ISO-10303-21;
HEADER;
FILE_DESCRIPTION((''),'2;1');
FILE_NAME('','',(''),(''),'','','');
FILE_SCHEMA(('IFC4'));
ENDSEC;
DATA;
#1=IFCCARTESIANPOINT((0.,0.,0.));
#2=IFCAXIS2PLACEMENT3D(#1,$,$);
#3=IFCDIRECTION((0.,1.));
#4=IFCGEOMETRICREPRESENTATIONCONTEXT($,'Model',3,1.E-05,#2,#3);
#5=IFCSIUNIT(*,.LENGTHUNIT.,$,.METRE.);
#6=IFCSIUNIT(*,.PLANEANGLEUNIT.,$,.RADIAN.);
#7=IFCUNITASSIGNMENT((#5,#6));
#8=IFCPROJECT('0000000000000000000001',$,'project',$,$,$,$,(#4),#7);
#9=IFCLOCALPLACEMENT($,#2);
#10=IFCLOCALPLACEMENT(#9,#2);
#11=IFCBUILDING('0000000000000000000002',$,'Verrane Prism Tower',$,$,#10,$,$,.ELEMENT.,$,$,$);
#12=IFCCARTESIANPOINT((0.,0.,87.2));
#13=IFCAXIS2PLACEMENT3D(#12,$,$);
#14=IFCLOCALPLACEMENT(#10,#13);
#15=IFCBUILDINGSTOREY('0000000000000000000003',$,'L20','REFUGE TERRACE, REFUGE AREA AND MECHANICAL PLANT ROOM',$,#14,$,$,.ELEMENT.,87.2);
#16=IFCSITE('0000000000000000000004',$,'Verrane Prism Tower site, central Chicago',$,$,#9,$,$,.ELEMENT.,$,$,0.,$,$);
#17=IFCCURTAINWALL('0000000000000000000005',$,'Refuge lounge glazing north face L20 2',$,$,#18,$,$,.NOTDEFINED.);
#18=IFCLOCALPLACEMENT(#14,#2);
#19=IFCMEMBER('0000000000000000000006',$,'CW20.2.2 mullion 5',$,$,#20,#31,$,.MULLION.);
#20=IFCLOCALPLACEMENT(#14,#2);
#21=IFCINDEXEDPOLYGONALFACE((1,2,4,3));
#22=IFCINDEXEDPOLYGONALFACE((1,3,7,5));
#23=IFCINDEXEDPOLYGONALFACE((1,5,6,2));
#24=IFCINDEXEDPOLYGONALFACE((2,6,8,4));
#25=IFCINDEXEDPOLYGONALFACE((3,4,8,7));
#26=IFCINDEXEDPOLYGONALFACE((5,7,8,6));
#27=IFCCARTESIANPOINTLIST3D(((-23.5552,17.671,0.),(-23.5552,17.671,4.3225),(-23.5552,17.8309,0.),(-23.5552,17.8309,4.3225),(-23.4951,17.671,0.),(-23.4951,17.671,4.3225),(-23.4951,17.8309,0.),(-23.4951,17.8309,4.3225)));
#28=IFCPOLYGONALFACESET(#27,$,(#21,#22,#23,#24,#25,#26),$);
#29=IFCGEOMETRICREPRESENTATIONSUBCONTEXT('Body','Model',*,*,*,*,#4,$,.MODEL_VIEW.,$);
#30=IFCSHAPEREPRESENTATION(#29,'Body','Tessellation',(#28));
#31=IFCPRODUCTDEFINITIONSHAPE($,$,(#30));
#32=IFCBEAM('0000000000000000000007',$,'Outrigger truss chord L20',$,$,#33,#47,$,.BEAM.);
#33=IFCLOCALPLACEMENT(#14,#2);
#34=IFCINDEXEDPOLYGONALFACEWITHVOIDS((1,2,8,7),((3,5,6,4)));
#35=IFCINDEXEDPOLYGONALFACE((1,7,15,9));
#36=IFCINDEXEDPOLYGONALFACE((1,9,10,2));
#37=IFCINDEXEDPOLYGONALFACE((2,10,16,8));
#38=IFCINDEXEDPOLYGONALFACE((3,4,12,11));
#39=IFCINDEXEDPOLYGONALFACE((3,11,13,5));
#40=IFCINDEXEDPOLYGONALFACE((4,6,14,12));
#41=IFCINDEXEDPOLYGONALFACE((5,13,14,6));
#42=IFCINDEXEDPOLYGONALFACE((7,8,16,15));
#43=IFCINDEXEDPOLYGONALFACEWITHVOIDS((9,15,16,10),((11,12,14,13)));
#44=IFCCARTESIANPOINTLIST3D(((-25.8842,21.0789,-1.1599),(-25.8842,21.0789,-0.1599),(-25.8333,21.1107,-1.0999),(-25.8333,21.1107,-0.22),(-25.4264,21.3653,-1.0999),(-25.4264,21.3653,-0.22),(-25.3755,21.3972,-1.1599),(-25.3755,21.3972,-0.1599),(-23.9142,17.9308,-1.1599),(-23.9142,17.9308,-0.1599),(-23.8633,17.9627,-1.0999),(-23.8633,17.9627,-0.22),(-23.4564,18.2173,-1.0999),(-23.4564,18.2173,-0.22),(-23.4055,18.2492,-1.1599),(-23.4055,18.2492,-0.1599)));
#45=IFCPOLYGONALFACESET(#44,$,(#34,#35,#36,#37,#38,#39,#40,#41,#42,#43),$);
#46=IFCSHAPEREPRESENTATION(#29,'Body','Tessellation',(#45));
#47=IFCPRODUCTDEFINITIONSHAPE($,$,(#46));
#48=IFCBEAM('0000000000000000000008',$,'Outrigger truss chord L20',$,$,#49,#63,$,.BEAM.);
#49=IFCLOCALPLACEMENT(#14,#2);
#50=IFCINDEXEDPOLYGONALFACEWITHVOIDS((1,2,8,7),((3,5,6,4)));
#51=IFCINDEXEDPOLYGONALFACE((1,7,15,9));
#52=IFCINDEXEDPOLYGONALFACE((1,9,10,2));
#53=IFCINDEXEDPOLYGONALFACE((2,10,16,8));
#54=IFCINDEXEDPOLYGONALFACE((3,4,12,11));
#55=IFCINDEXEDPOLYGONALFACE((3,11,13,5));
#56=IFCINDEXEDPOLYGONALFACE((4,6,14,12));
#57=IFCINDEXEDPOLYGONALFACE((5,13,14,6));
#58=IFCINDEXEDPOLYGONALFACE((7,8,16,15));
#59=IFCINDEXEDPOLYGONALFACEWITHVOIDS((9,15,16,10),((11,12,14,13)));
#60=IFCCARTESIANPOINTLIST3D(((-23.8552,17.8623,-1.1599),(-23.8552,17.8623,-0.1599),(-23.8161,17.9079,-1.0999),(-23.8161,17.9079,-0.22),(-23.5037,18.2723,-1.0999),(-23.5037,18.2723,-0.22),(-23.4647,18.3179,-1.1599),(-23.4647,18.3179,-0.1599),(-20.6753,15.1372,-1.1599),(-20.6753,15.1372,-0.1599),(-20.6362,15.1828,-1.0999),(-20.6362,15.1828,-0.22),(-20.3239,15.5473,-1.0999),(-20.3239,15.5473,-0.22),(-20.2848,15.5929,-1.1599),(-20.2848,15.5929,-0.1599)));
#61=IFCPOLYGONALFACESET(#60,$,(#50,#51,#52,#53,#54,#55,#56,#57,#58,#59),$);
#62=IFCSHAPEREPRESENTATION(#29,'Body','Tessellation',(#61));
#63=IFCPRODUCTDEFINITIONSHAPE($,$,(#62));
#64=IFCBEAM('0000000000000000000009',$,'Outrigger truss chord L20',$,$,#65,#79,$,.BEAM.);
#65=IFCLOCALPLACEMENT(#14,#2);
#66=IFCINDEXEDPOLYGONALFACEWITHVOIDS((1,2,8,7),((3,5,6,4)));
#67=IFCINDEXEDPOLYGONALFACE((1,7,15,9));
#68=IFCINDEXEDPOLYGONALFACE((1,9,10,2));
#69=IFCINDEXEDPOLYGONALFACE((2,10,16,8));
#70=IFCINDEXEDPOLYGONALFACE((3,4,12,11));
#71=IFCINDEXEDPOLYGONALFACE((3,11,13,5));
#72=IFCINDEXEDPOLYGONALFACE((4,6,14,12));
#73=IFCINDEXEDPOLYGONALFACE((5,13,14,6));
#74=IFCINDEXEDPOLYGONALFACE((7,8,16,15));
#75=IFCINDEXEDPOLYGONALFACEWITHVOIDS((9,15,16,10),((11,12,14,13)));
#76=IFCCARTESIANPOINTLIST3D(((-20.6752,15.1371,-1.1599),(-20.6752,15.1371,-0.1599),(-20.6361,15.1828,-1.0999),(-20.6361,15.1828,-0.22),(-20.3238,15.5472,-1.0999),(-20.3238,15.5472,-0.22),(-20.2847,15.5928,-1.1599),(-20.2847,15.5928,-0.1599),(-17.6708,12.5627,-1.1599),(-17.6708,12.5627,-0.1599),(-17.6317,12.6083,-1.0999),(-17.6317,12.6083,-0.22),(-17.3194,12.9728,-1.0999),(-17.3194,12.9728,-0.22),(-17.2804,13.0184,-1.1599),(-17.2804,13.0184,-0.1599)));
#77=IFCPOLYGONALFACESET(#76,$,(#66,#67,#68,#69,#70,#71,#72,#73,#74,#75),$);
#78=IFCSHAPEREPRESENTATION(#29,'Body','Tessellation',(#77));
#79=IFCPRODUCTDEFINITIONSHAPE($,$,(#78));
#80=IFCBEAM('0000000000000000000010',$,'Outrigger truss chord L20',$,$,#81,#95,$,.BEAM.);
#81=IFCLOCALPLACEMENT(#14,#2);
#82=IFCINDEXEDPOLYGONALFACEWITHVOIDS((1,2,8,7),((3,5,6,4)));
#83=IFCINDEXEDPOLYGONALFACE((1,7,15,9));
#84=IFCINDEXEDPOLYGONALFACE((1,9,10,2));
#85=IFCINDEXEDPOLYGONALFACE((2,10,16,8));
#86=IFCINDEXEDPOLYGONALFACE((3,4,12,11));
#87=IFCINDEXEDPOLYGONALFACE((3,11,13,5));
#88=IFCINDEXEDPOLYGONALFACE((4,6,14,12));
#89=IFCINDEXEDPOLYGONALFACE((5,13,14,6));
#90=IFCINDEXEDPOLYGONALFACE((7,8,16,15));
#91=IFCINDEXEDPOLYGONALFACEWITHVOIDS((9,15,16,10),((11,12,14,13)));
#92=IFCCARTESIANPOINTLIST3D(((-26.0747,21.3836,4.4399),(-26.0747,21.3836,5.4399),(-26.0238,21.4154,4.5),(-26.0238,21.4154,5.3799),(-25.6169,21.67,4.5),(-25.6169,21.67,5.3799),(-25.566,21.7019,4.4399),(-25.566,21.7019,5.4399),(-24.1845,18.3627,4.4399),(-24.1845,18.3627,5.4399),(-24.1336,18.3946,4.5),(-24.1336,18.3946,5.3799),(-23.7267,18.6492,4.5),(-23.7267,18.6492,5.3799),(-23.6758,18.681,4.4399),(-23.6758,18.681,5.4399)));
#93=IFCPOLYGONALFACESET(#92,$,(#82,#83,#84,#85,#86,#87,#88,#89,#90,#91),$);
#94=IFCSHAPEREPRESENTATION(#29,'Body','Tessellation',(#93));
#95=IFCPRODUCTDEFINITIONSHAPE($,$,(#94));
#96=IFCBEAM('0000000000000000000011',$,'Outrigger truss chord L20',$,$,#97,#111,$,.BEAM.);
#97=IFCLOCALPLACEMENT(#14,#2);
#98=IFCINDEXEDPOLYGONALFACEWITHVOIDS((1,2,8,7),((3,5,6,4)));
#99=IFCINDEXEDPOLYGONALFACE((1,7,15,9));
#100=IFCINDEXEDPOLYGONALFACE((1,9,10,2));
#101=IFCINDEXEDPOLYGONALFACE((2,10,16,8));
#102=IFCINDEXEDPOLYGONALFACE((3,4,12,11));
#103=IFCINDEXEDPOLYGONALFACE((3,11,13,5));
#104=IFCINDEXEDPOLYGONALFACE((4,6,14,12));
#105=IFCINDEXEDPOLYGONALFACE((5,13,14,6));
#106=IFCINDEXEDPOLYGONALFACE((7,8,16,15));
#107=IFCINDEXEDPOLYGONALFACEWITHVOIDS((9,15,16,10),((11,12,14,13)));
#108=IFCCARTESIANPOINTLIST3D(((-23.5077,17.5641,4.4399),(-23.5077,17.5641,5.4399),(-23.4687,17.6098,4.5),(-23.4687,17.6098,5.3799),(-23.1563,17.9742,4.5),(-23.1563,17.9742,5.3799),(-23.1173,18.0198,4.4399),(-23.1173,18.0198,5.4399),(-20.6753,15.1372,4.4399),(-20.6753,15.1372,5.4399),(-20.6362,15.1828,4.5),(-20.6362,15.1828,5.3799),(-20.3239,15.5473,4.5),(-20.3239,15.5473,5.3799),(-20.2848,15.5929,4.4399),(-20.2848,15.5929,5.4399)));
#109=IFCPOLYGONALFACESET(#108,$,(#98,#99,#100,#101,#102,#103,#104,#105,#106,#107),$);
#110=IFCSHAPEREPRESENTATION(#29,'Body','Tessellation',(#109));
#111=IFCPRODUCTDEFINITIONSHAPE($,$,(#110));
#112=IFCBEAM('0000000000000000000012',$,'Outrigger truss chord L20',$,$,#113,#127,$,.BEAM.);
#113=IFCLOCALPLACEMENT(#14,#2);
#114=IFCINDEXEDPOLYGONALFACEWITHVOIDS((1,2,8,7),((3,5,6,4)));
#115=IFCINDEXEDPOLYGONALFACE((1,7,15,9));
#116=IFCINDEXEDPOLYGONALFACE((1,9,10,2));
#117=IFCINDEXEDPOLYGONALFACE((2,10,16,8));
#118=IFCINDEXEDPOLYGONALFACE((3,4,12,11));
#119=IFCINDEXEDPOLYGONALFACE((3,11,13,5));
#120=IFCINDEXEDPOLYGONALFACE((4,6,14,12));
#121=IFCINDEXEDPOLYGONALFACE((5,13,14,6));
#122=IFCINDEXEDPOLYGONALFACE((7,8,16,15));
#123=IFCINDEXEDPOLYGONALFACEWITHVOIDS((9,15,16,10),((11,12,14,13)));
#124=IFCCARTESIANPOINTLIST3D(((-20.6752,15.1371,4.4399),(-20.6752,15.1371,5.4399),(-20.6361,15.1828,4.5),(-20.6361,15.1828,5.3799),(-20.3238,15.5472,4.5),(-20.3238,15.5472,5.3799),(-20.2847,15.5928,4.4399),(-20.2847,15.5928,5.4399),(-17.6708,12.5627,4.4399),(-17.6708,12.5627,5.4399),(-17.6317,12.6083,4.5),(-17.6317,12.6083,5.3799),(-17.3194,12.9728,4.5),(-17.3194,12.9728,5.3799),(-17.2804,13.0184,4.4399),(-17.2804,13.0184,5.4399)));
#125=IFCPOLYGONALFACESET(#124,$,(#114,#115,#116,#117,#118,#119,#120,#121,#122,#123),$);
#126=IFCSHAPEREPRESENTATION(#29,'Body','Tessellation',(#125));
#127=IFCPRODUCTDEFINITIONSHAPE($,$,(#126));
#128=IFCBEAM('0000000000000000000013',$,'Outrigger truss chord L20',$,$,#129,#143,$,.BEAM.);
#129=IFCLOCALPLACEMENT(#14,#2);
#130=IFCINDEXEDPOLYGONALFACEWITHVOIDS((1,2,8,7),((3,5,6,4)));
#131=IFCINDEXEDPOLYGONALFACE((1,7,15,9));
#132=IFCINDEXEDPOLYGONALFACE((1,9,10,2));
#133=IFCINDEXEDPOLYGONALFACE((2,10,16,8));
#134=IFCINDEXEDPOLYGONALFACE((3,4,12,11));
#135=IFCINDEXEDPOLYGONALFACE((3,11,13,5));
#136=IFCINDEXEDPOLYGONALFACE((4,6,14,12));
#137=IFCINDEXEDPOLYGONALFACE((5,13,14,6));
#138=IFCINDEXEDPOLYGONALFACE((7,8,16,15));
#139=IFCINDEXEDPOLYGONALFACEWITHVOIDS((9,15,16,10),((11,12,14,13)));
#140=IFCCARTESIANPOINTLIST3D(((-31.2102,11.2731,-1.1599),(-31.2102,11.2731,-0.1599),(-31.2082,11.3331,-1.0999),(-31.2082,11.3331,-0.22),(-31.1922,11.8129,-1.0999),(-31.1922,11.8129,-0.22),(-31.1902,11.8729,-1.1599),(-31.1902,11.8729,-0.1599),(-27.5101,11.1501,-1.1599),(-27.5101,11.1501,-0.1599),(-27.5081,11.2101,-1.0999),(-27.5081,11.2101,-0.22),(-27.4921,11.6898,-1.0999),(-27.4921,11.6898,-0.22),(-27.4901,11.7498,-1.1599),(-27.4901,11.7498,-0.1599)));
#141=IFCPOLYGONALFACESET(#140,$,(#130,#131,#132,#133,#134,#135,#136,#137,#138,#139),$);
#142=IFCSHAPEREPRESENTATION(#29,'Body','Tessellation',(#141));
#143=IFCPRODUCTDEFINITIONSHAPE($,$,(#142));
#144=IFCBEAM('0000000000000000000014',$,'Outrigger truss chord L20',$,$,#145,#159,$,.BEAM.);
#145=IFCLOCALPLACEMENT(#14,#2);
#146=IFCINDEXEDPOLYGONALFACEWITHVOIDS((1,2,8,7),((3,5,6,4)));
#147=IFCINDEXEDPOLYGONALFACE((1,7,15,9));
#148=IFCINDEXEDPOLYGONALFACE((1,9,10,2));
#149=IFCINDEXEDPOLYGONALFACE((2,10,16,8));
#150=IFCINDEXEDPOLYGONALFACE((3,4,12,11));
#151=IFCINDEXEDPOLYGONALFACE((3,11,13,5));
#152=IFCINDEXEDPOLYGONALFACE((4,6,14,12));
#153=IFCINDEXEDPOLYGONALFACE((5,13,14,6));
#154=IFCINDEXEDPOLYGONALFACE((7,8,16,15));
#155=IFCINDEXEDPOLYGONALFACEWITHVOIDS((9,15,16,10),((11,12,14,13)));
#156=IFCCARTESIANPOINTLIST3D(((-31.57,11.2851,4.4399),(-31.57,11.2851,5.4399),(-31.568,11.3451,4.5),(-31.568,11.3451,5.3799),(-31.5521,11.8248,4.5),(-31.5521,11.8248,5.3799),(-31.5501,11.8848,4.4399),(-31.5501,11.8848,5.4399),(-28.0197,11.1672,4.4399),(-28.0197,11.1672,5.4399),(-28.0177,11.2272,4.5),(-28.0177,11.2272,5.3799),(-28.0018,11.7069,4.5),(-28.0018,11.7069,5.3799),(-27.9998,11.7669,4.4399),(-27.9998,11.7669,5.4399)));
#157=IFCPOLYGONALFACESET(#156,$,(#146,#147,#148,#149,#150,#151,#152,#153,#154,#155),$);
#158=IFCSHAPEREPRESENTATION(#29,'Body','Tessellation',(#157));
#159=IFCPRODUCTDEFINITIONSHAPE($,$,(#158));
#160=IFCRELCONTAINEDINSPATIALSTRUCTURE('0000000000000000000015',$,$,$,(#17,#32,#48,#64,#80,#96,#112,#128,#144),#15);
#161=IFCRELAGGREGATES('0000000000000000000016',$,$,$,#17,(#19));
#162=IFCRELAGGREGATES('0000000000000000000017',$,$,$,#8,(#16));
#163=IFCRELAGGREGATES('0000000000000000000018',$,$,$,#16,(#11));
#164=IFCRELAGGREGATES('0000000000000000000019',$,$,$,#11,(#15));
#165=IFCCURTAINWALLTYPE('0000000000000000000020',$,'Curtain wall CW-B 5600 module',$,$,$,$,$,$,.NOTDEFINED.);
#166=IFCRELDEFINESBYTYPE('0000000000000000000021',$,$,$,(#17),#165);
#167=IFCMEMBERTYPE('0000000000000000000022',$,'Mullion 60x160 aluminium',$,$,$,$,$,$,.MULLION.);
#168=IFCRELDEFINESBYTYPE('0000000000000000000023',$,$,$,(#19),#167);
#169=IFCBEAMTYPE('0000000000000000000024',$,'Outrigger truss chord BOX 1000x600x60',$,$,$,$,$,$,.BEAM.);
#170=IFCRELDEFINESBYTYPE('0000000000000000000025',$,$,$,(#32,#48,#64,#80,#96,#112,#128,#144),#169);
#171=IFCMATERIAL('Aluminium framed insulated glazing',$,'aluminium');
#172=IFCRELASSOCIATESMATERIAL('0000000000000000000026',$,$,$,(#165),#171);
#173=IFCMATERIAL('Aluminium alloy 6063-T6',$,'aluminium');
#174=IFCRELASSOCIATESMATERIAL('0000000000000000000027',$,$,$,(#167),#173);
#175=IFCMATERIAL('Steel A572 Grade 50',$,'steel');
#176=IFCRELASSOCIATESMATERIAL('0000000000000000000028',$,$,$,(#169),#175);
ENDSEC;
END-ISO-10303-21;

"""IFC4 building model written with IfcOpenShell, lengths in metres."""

from ifc_helpers import new_model, si_unit, direction, frame, origin, origin_2d, place, context, subcontext, project, spatial, rectangle, hollow_rectangle, extrude, material, material_profile, profile_set, type_object, element, aggregate, save


model = new_model("IFC4")

# Units and contexts
model_context = context("Model", 3, precision=1e-05, world=origin(), true_north=direction((0.0, 1.0)))
body_context = subcontext(model_context, "Body", "Model", "MODEL_VIEW")
ifc_project = project(units=[si_unit("LENGTHUNIT", "METRE"), si_unit("PLANEANGLEUNIT", "RADIAN")], contexts=[model_context])

# Site, building, storey
site_placement = place(None, origin())
site = spatial("IfcSite", under=ifc_project, at=site_placement, Name="Verrane Prism Tower site, central Chicago", CompositionType="ELEMENT", RefElevation=0.0)
building_placement = place(site_placement, origin())
building = spatial("IfcBuilding", under=site, at=building_placement, Name="Verrane Prism Tower", CompositionType="ELEMENT")
storey_placement = place(building_placement, frame((0.0, 0.0, 87.2)))
storey = spatial("IfcBuildingStorey", under=building, at=storey_placement, Name="L20", Description="REFUGE TERRACE, REFUGE AREA AND MECHANICAL PLANT ROOM", CompositionType="ELEMENT", Elevation=87.2)

# Curtain wall, member
ifc_material_1 = material(Name="Aluminium framed insulated glazing", Category="aluminium")
curtain_wall_type = type_object("IfcCurtainWallType", Name="Curtain wall CW-B 5600 module", PredefinedType="NOTDEFINED", material=ifc_material_1)
curtain_wall_placement = place(storey_placement, origin())
curtain_wall = element("IfcCurtainWall", 1, at=curtain_wall_placement, inside=storey, type_object=curtain_wall_type, Name="Refuge lounge glazing north face L20 2", PredefinedType="NOTDEFINED")
ifc_material_2 = material(Name="Aluminium alloy 6063-T6", Category="aluminium")
ifc_material_profile_1 = material_profile(ifc_material_2, rectangle(XDim=0.1599, YDim=0.0601, at=origin_2d()), Name="Mullion 60x160 aluminium")
ifc_profile_set_1 = profile_set([ifc_material_profile_1], Name="Aluminium alloy 6063-T6")
member_type_1 = type_object("IfcMemberType", Name="Mullion 60x160 aluminium", PredefinedType="MULLION", material=ifc_profile_set_1)
member_1_placement = place(storey_placement, frame((-23.5251, 17.751, 0.0), z_axis=(0.0, 0.0, 1.0), x_axis=(0.0, -1.0, 0.0)))
member_1 = element("IfcMember", 2, at=member_1_placement, type_object=member_type_1, Name="CW20.2.2 mullion 5", PredefinedType="MULLION", context=body_context, shape_type="SweptSolid", body=[
    extrude(rectangle(XDim=0.1599, YDim=0.0601, at=origin_2d()), origin(), (0.0, 0.0, 1.0), 4.3225),
])

# Beams
ifc_material_3 = material(Name="Steel A572 Grade 50", Category="steel")
ifc_material_profile_2 = material_profile(ifc_material_3, hollow_rectangle(XDim=0.6001, YDim=1.0, WallThickness=0.0601, at=origin_2d()), Name="BOX 1000x600x60")
ifc_profile_set_2 = profile_set([ifc_material_profile_2], Name="Steel A572 Grade 50")
beam_type_1 = type_object("IfcBeamType", Name="Outrigger truss chord BOX 1000x600x60", PredefinedType="BEAM", material=ifc_profile_set_2)
beam_1_placement = place(storey_placement, frame((-25.6299, 21.238, -0.6599), z_axis=(0.530483, -0.847695, 0.0), x_axis=(0.847695, 0.530483, 0.0)))
element("IfcBeam", 3, at=beam_1_placement, inside=storey, type_object=beam_type_1, Name="Outrigger truss chord L20", PredefinedType="BEAM", context=body_context, shape_type="SweptSolid", body=[
    extrude(hollow_rectangle(XDim=0.6001, YDim=1.0, WallThickness=0.0601, at=origin_2d()), origin(), (0.0, 0.0, 1.0), 3.7136),
])
beam_2_placement = place(storey_placement, frame((-23.6599, 18.0901, -0.6599), z_axis=(0.759322, -0.650715, 0.0), x_axis=(0.650715, 0.759322, 0.0)))
element("IfcBeam", 4, at=beam_2_placement, inside=storey, type_object=beam_type_1, Name="Outrigger truss chord L20", PredefinedType="BEAM", context=body_context, shape_type="SweptSolid", body=[
    extrude(hollow_rectangle(XDim=0.6001, YDim=1.0, WallThickness=0.0601, at=origin_2d()), origin(), (0.0, 0.0, 1.0), 4.1877),
])
beam_3_placement = place(storey_placement, frame((-20.48, 15.365, -0.6599), z_axis=(0.759348, -0.650685, 0.0), x_axis=(0.650685, 0.759348, 0.0)))
element("IfcBeam", 5, at=beam_3_placement, inside=storey, type_object=beam_type_1, Name="Outrigger truss chord L20", PredefinedType="BEAM", context=body_context, shape_type="SweptSolid", body=[
    extrude(hollow_rectangle(XDim=0.6001, YDim=1.0, WallThickness=0.0601, at=origin_2d()), origin(), (0.0, 0.0, 1.0), 3.9565),
])
beam_4_placement = place(storey_placement, frame((-25.8203, 21.5427, 4.9399), z_axis=(0.530436, -0.847725, 0.0), x_axis=(0.847725, 0.530436, 0.0)))
element("IfcBeam", 6, at=beam_4_placement, inside=storey, type_object=beam_type_1, Name="Outrigger truss chord L20", PredefinedType="BEAM", context=body_context, shape_type="SweptSolid", body=[
    extrude(hollow_rectangle(XDim=0.6001, YDim=1.0, WallThickness=0.0601, at=origin_2d()), origin(), (0.0, 0.0, 1.0), 3.5635),
])
beam_5_placement = place(storey_placement, frame((-23.3125, 17.792, 4.9399), z_axis=(0.759372, -0.650657, 0.0), x_axis=(0.650657, 0.759372, 0.0)))
element("IfcBeam", 7, at=beam_5_placement, inside=storey, type_object=beam_type_1, Name="Outrigger truss chord L20", PredefinedType="BEAM", context=body_context, shape_type="SweptSolid", body=[
    extrude(hollow_rectangle(XDim=0.6001, YDim=1.0, WallThickness=0.0601, at=origin_2d()), origin(), (0.0, 0.0, 1.0), 3.73),
])
beam_6_placement = place(storey_placement, frame((-20.48, 15.365, 4.9399), z_axis=(0.759348, -0.650685, 0.0), x_axis=(0.650685, 0.759348, 0.0)))
element("IfcBeam", 8, at=beam_6_placement, inside=storey, type_object=beam_type_1, Name="Outrigger truss chord L20", PredefinedType="BEAM", context=body_context, shape_type="SweptSolid", body=[
    extrude(hollow_rectangle(XDim=0.6001, YDim=1.0, WallThickness=0.0601, at=origin_2d()), origin(), (0.0, 0.0, 1.0), 3.9565),
])
beam_7_placement = place(storey_placement, frame((-31.2002, 11.573, -0.6599), z_axis=(0.999448, -0.033236, 0.0), x_axis=(0.033236, 0.999448, 0.0)))
element("IfcBeam", 9, at=beam_7_placement, inside=storey, type_object=beam_type_1, Name="Outrigger truss chord L20", PredefinedType="BEAM", context=body_context, shape_type="SweptSolid", body=[
    extrude(hollow_rectangle(XDim=0.6001, YDim=1.0, WallThickness=0.0601, at=origin_2d()), origin(), (0.0, 0.0, 1.0), 3.7021),
])
beam_8_placement = place(storey_placement, frame((-31.5601, 11.585, 4.9399), z_axis=(0.999449, -0.033196, 0.0), x_axis=(0.033196, 0.999449, 0.0)))
element("IfcBeam", 10, at=beam_8_placement, inside=storey, type_object=beam_type_1, Name="Outrigger truss chord L20", PredefinedType="BEAM", context=body_context, shape_type="SweptSolid", body=[
    extrude(hollow_rectangle(XDim=0.6001, YDim=1.0, WallThickness=0.0601, at=origin_2d()), origin(), (0.0, 0.0, 1.0), 3.5522),
])

aggregate(curtain_wall, [member_1])

save(model, "model.ifc")
